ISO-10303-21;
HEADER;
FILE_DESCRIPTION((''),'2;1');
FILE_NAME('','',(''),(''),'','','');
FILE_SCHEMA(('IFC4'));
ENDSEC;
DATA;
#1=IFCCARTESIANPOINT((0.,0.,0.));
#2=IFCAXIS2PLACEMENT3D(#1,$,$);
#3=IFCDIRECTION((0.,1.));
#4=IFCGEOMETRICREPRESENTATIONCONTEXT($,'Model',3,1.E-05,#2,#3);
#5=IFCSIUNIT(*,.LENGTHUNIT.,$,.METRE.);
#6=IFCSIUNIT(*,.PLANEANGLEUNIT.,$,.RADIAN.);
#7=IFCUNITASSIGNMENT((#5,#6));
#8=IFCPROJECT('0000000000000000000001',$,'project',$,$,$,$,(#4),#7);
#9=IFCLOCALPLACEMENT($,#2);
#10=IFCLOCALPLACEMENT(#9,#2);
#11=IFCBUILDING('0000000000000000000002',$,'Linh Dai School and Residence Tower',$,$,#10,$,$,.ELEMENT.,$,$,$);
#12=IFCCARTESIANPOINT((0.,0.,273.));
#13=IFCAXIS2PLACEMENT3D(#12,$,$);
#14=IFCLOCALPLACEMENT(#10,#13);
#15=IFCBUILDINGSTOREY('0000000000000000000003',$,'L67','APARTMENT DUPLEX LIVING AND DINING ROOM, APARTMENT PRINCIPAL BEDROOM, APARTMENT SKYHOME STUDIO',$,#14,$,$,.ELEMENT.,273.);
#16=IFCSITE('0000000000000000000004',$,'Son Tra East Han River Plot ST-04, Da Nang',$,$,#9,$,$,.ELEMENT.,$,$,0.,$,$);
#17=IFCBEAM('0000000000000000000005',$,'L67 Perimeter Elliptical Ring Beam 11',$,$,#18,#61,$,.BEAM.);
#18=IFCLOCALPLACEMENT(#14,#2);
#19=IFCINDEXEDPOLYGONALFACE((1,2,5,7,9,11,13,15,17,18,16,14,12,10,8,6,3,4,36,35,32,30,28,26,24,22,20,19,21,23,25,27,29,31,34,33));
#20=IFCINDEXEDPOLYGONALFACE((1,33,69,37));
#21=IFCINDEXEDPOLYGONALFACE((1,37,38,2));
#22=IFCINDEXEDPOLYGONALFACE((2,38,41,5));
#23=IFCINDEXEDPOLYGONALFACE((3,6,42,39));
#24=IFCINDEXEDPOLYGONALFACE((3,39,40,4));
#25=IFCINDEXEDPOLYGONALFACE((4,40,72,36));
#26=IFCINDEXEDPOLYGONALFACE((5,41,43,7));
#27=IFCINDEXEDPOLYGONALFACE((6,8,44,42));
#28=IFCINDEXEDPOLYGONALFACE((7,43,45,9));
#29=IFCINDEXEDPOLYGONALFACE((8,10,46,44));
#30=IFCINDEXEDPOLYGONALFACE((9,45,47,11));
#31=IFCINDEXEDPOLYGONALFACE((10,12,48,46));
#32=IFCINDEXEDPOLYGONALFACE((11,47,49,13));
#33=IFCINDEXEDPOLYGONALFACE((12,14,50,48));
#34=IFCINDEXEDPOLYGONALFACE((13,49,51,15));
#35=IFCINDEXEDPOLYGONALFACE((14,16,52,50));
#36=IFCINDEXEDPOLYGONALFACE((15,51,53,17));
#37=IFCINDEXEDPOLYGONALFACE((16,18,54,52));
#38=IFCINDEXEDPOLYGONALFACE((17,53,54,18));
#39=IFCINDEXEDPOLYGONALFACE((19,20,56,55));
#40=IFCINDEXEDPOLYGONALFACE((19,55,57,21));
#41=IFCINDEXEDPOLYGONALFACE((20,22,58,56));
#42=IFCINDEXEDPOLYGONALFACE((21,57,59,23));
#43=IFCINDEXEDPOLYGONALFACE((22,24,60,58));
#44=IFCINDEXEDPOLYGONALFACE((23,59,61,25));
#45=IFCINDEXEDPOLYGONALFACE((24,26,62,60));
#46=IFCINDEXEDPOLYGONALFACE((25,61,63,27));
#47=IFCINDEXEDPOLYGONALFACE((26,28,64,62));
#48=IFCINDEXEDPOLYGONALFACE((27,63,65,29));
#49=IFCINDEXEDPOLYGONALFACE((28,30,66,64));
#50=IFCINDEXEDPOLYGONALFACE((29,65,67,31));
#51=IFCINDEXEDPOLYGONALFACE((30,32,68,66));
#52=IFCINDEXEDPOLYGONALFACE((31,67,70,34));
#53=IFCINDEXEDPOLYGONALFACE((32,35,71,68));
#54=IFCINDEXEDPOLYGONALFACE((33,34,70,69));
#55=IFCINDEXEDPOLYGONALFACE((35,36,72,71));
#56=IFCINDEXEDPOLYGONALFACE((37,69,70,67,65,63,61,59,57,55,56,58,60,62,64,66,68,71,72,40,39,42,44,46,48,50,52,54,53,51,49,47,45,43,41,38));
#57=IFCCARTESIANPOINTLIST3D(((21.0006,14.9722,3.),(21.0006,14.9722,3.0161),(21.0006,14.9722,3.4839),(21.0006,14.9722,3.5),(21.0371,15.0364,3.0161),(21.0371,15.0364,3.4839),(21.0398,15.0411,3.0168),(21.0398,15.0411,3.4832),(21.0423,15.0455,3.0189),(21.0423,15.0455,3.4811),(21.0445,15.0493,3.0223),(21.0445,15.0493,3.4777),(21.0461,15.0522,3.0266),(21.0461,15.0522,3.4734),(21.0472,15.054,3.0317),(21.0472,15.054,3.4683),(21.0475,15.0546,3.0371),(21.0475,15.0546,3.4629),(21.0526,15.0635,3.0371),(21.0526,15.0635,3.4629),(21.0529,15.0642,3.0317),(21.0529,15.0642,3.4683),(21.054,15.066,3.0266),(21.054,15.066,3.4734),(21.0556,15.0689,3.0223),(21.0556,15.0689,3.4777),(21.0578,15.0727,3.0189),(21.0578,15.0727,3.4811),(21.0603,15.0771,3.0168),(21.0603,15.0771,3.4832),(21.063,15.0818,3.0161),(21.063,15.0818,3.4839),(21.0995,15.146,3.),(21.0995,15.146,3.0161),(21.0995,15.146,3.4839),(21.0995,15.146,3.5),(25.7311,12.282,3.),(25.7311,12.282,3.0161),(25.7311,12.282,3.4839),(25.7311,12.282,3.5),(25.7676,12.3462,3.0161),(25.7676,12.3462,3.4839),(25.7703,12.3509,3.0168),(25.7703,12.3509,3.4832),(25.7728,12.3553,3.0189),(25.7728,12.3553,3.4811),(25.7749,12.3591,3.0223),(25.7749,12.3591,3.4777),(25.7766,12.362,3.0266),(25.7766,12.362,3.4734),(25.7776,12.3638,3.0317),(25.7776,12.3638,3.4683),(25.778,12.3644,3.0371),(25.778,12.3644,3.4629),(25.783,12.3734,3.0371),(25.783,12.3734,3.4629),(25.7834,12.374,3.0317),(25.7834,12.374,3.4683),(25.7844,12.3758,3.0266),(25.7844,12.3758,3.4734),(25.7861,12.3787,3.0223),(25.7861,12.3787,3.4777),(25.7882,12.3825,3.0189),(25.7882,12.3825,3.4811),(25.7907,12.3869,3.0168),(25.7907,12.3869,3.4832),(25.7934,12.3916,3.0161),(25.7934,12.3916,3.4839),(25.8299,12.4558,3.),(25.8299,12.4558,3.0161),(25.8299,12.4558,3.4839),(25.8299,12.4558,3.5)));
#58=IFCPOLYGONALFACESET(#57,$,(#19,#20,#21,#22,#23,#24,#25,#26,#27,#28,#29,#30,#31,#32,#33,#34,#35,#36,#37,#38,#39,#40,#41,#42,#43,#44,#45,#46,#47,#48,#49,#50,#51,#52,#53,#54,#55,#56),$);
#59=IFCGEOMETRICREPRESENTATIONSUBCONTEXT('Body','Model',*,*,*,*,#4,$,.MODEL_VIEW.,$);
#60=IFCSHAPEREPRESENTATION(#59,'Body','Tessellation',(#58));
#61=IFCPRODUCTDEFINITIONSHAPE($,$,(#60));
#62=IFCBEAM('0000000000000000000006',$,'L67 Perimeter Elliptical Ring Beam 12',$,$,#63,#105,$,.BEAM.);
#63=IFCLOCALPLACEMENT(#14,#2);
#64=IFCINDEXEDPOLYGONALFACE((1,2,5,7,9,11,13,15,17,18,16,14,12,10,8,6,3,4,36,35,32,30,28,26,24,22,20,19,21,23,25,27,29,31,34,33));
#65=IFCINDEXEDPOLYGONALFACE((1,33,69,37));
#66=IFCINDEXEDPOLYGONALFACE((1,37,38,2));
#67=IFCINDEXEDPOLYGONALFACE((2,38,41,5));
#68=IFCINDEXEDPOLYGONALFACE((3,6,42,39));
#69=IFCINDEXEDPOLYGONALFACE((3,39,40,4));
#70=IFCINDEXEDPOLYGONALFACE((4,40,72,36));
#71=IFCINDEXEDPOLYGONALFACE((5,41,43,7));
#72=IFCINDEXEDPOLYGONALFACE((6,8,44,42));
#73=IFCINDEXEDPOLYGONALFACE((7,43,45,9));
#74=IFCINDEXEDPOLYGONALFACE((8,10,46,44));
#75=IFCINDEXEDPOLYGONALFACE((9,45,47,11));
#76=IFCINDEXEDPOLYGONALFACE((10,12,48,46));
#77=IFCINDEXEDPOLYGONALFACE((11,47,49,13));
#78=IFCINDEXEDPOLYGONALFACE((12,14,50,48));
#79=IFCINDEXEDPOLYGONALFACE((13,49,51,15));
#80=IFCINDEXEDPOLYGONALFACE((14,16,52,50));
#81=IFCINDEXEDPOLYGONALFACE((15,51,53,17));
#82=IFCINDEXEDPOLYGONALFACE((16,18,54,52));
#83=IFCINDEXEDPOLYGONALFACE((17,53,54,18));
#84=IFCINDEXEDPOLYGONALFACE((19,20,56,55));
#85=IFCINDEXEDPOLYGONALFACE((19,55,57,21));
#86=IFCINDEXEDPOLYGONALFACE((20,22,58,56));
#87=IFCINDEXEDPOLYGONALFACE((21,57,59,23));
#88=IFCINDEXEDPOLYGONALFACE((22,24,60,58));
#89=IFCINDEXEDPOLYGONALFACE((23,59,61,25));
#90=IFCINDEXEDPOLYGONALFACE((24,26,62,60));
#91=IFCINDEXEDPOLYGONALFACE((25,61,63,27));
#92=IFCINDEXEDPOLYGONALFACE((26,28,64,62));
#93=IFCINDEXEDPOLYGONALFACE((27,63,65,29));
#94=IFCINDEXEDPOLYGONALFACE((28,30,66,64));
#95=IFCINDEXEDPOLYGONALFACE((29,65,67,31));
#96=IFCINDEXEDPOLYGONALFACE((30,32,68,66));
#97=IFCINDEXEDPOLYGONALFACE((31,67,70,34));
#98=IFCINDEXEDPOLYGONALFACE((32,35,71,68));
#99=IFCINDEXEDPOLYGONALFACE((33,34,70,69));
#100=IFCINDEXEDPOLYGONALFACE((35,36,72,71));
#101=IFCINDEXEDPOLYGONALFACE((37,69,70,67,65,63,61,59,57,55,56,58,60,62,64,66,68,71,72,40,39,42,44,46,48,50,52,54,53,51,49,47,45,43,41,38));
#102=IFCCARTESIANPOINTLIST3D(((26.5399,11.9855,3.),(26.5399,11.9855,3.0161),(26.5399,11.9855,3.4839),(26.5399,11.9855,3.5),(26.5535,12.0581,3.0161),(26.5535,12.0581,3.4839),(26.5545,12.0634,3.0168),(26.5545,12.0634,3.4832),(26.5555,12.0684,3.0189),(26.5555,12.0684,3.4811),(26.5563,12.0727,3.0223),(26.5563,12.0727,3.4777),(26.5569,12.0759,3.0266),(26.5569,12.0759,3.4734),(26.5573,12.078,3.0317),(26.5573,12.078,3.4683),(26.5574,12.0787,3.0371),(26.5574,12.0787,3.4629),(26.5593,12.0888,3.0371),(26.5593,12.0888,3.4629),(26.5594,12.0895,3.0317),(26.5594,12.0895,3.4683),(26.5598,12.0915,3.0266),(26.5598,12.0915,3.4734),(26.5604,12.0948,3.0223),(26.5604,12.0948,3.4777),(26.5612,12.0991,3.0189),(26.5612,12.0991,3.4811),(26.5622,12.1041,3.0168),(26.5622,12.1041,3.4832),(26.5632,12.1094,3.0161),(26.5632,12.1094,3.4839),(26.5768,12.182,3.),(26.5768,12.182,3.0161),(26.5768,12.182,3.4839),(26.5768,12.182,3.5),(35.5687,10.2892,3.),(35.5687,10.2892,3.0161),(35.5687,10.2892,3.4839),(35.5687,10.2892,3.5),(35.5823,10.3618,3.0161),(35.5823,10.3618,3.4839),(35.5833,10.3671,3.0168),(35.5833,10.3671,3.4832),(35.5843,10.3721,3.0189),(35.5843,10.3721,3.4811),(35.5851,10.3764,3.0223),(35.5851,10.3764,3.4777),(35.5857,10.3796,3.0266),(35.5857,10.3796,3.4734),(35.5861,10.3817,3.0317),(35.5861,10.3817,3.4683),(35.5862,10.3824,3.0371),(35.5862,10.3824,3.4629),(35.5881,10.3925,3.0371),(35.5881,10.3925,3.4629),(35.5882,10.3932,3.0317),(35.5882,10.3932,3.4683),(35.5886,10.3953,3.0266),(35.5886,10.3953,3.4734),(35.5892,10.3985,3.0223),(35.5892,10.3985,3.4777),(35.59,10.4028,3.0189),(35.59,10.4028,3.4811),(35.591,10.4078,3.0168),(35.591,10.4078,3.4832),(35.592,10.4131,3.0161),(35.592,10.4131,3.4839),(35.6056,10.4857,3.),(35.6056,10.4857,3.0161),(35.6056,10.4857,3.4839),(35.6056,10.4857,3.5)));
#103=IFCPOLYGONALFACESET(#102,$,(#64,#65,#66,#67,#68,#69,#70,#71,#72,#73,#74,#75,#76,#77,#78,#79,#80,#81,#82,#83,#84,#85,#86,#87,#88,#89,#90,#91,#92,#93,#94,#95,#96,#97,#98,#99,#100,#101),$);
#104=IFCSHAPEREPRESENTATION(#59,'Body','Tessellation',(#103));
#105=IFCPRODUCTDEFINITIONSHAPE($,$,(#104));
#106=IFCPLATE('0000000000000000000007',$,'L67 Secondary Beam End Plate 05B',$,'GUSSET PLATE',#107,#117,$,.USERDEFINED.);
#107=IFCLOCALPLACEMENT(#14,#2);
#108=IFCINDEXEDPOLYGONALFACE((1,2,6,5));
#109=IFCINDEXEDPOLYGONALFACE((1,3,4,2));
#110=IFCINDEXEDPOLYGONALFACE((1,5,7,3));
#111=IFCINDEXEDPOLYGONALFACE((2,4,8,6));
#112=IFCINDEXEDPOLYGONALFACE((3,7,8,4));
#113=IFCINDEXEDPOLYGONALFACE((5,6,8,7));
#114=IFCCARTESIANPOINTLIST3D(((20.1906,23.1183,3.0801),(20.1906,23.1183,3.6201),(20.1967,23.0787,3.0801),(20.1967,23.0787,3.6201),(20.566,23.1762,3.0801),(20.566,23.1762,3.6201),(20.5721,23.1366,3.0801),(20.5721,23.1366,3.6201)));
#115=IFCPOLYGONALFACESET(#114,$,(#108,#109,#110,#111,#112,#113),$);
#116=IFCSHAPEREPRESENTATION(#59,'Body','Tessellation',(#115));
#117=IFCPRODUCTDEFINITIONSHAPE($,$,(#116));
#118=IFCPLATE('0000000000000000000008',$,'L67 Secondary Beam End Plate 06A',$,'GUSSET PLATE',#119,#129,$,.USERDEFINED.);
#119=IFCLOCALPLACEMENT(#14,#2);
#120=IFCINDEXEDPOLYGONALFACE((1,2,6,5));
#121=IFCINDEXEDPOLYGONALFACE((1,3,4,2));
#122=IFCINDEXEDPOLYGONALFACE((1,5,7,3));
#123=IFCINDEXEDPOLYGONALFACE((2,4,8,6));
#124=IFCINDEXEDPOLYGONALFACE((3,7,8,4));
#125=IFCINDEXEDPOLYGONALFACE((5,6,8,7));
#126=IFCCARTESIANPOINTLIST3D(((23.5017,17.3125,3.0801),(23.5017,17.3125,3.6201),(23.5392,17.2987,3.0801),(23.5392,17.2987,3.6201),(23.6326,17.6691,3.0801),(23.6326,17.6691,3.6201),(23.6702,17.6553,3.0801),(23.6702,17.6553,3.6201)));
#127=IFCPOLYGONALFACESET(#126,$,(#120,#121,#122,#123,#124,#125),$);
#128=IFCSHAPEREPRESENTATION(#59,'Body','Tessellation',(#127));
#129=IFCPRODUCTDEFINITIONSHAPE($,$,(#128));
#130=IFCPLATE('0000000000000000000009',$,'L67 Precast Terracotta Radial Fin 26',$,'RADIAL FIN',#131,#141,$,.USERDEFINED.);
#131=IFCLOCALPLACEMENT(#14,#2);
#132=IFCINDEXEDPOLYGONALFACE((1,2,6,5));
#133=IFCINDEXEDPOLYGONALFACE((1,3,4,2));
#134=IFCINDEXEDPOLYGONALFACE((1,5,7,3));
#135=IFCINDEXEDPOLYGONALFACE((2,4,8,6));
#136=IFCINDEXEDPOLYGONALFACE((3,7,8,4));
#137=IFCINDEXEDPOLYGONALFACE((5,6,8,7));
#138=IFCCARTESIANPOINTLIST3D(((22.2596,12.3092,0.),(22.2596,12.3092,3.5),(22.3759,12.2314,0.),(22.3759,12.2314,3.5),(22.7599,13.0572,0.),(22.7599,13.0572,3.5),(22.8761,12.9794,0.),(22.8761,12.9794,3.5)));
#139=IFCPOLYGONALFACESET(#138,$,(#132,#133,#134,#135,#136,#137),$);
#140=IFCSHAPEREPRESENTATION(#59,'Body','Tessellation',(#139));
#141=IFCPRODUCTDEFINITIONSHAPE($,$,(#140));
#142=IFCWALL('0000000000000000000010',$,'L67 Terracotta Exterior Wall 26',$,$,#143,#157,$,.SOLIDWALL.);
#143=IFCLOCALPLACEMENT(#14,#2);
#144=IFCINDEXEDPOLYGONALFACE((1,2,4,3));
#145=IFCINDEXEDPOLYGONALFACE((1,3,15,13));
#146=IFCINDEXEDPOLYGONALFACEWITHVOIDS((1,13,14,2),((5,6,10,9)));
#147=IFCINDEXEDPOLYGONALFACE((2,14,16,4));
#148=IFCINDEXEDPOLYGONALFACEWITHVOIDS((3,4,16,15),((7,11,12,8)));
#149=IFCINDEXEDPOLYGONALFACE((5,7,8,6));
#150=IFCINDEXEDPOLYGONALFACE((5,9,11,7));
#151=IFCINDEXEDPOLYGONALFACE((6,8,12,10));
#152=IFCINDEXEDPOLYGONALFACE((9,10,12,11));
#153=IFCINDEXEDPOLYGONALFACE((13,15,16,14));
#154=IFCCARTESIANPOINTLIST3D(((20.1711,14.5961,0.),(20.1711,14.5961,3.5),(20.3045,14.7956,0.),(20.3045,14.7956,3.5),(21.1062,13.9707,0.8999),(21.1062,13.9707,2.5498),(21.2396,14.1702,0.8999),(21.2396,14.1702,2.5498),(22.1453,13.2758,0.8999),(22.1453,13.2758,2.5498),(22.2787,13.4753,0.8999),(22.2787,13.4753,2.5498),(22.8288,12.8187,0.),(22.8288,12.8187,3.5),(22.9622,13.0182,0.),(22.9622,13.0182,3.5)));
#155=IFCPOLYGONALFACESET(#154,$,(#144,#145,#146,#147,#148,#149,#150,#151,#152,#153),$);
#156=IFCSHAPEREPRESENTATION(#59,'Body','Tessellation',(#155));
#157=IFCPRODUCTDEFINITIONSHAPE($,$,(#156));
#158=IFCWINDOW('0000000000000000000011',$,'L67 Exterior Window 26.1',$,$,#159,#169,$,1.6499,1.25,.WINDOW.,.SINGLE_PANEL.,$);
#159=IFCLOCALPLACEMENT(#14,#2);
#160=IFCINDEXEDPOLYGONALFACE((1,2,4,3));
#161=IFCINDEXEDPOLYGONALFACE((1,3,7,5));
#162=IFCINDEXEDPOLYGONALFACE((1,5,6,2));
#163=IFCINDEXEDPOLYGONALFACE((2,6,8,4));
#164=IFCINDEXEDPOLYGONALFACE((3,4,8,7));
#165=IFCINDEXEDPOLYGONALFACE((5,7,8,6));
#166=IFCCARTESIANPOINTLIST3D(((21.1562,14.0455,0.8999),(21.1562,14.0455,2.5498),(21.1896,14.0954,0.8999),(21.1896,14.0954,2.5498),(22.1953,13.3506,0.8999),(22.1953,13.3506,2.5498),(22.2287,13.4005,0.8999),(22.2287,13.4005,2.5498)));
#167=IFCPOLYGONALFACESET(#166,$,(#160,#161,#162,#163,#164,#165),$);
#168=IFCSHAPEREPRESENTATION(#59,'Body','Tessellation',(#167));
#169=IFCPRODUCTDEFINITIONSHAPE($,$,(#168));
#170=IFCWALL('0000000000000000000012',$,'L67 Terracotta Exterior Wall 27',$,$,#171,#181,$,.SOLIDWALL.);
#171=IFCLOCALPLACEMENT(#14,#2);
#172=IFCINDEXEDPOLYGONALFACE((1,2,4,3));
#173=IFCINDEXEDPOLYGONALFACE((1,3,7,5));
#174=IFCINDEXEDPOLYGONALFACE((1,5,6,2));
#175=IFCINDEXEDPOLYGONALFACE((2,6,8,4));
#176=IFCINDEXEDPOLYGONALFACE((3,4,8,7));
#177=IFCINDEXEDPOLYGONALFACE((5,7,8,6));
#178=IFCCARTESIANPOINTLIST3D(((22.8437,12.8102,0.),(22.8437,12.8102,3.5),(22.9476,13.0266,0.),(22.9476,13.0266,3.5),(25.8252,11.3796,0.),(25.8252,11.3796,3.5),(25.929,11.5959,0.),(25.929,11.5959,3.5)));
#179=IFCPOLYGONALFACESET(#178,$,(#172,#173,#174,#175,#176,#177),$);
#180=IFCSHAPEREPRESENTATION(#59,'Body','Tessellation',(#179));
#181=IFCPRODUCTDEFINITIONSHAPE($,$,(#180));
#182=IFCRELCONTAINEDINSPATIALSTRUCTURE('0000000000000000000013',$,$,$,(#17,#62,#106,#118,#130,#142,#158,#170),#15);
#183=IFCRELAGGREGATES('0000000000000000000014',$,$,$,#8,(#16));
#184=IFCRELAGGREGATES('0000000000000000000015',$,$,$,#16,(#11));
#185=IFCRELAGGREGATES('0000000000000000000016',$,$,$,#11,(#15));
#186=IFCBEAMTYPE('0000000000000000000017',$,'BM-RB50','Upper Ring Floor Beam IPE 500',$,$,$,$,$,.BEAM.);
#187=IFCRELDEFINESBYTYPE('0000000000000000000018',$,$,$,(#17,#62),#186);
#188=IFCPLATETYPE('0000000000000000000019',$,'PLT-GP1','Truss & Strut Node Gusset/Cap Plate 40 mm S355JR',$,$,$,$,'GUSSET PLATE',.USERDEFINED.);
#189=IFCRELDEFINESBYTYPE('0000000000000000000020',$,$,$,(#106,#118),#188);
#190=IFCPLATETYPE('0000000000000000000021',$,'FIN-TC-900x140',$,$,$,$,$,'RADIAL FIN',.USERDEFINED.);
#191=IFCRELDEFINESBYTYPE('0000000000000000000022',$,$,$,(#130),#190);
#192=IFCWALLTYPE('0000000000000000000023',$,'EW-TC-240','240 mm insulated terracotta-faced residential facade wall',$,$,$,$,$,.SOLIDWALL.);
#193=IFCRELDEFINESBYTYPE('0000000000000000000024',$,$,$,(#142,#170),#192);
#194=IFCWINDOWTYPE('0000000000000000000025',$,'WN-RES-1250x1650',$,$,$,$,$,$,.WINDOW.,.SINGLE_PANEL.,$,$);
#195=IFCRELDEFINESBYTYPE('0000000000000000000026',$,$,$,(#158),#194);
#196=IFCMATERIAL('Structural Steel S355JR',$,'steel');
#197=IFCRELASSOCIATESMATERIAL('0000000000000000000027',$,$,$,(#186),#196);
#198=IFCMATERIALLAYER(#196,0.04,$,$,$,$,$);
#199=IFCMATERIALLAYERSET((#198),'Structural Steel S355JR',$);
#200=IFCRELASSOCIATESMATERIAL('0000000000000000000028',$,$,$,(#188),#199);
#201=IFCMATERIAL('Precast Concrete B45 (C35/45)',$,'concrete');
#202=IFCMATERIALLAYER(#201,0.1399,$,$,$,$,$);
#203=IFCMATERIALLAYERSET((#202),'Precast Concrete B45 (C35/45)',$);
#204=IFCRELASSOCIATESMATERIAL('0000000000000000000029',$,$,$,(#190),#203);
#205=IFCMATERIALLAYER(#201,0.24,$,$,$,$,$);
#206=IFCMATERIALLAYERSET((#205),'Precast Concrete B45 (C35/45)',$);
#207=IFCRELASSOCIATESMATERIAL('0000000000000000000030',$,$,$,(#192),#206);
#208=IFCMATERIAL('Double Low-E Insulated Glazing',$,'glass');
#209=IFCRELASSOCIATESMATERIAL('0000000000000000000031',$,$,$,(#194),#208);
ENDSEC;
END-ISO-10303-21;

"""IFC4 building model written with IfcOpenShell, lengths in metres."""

from ifc_helpers import new_model, si_unit, direction, frame, frame_2d, origin, origin_2d, place, context, subcontext, project, spatial, rectangle, i_section, extrude, source, transform, mapped, material, layer, layer_set, material_profile, profile_set, type_object, element, fill, save


model = new_model("IFC4")

# Units and contexts
model_context = context("Model", 3, precision=1e-05, world=origin(), true_north=direction((0.0, 1.0)))
body_context = subcontext(model_context, "Body", "Model", "MODEL_VIEW")
ifc_project = project(units=[si_unit("LENGTHUNIT", "METRE"), si_unit("PLANEANGLEUNIT", "RADIAN")], contexts=[model_context])

# Site, building, storey
site_placement = place(None, origin())
site = spatial("IfcSite", under=ifc_project, at=site_placement, Name="Son Tra East Han River Plot ST-04, Da Nang", CompositionType="ELEMENT", RefElevation=0.0)
building_placement = place(site_placement, origin())
building = spatial("IfcBuilding", under=site, at=building_placement, Name="Linh Dai School and Residence Tower", CompositionType="ELEMENT")
storey_placement = place(building_placement, frame((0.0, 0.0, 273.0)))
storey = spatial("IfcBuildingStorey", under=building, at=storey_placement, Name="L67", Description="APARTMENT DUPLEX LIVING AND DINING ROOM, APARTMENT PRINCIPAL BEDROOM, APARTMENT SKYHOME STUDIO", CompositionType="ELEMENT", Elevation=273.0)

# Shared definitions
ifc_material_1 = material(Name="Structural Steel S355JR", Category="steel")

# Beams
ifc_material_profile_1 = material_profile(ifc_material_1, i_section(OverallWidth=0.2, OverallDepth=0.5, WebThickness=0.0103, FlangeThickness=0.0161, FilletRadius=0.021, at=origin_2d()), Name="IPE 500")
ifc_profile_set_1 = profile_set([ifc_material_profile_1], Name="Structural Steel S355JR")
beam_type_1 = type_object("IfcBeamType", Name="BM-RB50", Description="Upper Ring Floor Beam IPE 500", PredefinedType="BEAM", material=ifc_profile_set_1)
beam_1_placement = place(storey_placement, frame((21.05, 15.0591, 3.25), z_axis=(0.869266, -0.494345, 0.0), x_axis=(0.494345, 0.869266, 0.0)))
element("IfcBeam", 1, at=beam_1_placement, inside=storey, type_object=beam_type_1, Name="L67 Perimeter Elliptical Ring Beam 11", PredefinedType="BEAM", context=body_context, shape_type="SweptSolid", body=[
    extrude(i_section(OverallWidth=0.2, OverallDepth=0.5, WebThickness=0.0103, FlangeThickness=0.0161, FilletRadius=0.021, at=origin_2d()), origin(), (0.0, 0.0, 1.0), 5.4419),
])
beam_2_placement = place(storey_placement, frame((26.5583, 12.0837, 3.25), z_axis=(0.982805, -0.184645, 0.0), x_axis=(0.184645, 0.982805, 0.0)))
element("IfcBeam", 2, at=beam_2_placement, inside=storey, type_object=beam_type_1, Name="L67 Perimeter Elliptical Ring Beam 12", PredefinedType="BEAM", context=body_context, shape_type="SweptSolid", body=[
    extrude(i_section(OverallWidth=0.2, OverallDepth=0.5, WebThickness=0.0103, FlangeThickness=0.0161, FilletRadius=0.021, at=origin_2d()), origin(), (0.0, 0.0, 1.0), 9.1868),
])

# Plates
ifc_layer_1 = layer(ifc_material_1, 0.04)
ifc_layer_set_1 = layer_set([ifc_layer_1], Name="Structural Steel S355JR")
plate_type_1 = type_object("IfcPlateType", Name="PLT-GP1", Description="Truss & Strut Node Gusset/Cap Plate 40 mm S355JR", ElementType="GUSSET PLATE", PredefinedType="USERDEFINED", material=ifc_layer_set_1)
shared_shape_1 = source(origin(), body_context, "Body", "SweptSolid", [
    extrude(rectangle(XDim=0.04, YDim=0.3799, at=origin_2d()), origin(), (0.0, 0.0, 1.0), 0.54),
])
for number, where, z_axis, x_axis, name in (
    (3, (20.3813, 23.1274, 3.0801), (0.0, 0.0, 1.0), (0.152474, -0.988308, 0.0), "L67 Secondary Beam End Plate 05B"),
    (4, (23.5859, 17.4839, 3.0801), (0.0, 0.0, 1.0), (0.938695, -0.344748, 0.0), "L67 Secondary Beam End Plate 06A"),
):
    element("IfcPlate", number, at=place(storey_placement, frame(where, z_axis=z_axis, x_axis=x_axis)), inside=storey, type_object=plate_type_1, Name=name, ObjectType="GUSSET PLATE", PredefinedType="USERDEFINED", context=body_context, shape_type="MappedRepresentation", body=[
        mapped(shared_shape_1, transform((0.0, 0.0, 0.0), x_axis=(1.0, 0.0, 0.0), y_axis=(0.0, 1.0, 0.0), z_axis=(0.0, 0.0, 1.0), scale=1.0)),
    ])
ifc_material_2 = material(Name="Precast Concrete B45 (C35/45)", Category="concrete")
ifc_layer_2 = layer(ifc_material_2, 0.1399)
ifc_layer_set_2 = layer_set([ifc_layer_2], Name="Precast Concrete B45 (C35/45)")
plate_type_2 = type_object("IfcPlateType", Name="FIN-TC-900x140", ElementType="RADIAL FIN", PredefinedType="USERDEFINED", material=ifc_layer_set_2)
shared_shape_2 = source(origin(), body_context, "Body", "SweptSolid", [
    extrude(rectangle(XDim=0.8999, YDim=0.1399, at=origin_2d()), origin(), (0.0, 0.0, 1.0), 3.5),
])
plate_placement = place(storey_placement, frame((22.5679, 12.6443, 0.0), z_axis=(0.0, 0.0, 1.0), x_axis=(-0.555906, -0.831245, 0.0)))
element("IfcPlate", 5, at=plate_placement, inside=storey, type_object=plate_type_2, Name="L67 Precast Terracotta Radial Fin 26", ObjectType="RADIAL FIN", PredefinedType="USERDEFINED", context=body_context, shape_type="MappedRepresentation", body=[
    mapped(shared_shape_2, transform((0.0, 0.0, 0.0), x_axis=(1.0, 0.0, 0.0), y_axis=(0.0, 1.0, 0.0), z_axis=(0.0, 0.0, 1.0), scale=1.0)),
])

# Wall, opening, window
ifc_layer_3 = layer(ifc_material_2, 0.24)
ifc_layer_set_3 = layer_set([ifc_layer_3], Name="Precast Concrete B45 (C35/45)")
wall_type_1 = type_object("IfcWallType", Name="EW-TC-240", Description="240 mm insulated terracotta-faced residential facade wall", PredefinedType="SOLIDWALL", material=ifc_layer_set_3)
wall_1_placement = place(storey_placement, frame((22.8955, 12.9185, 0.0), z_axis=(0.0, 0.0, 1.0), x_axis=(-0.831251, 0.555898, 0.0)))
wall_1 = element("IfcWall", 6, at=wall_1_placement, inside=storey, type_object=wall_type_1, Name="L67 Terracotta Exterior Wall 26", PredefinedType="SOLIDWALL", context=body_context, shape_type="SweptSolid", body=[
    extrude(rectangle(XDim=3.1973, YDim=0.24, at=frame_2d((1.5986, 0.0))), origin(), (0.0, 0.0, 1.0), 3.5),
])
opening_1_placement = place(wall_1_placement, frame((0.8223, 0.0, 0.8999)))
opening_1 = element("IfcOpeningElement", 7, at=opening_1_placement, cuts=wall_1, PredefinedType="OPENING", context=body_context, shape_type="SweptSolid", body=[
    extrude(rectangle(XDim=1.25, YDim=1.6499, at=origin_2d()), frame((0.625, 0.1299, 0.825), z_axis=(0.0, -1.0, 0.0), x_axis=(1.0, 0.0, 0.0)), (0.0, 0.0, 1.0), 0.26),
])
ifc_material_3 = material(Name="Double Low-E Insulated Glazing", Category="glass")
window_type = type_object("IfcWindowType", Name="WN-RES-1250x1650", PartitioningType="SINGLE_PANEL", PredefinedType="WINDOW", material=ifc_material_3)
shared_shape_3 = source(origin(), body_context, "Body", "SweptSolid", [
    extrude(rectangle(XDim=1.25, YDim=1.6499, at=origin_2d()), frame((0.625, 0.03, 0.825), z_axis=(0.0, -1.0, 0.0), x_axis=(1.0, 0.0, 0.0)), (0.0, 0.0, 1.0), 0.0601),
])
window_placement = place(opening_1_placement, origin())
window = element("IfcWindow", 8, at=window_placement, inside=storey, type_object=window_type, Name="L67 Exterior Window 26.1", OverallHeight=1.6499, OverallWidth=1.25, PartitioningType="SINGLE_PANEL", PredefinedType="WINDOW", context=body_context, shape_type="MappedRepresentation", body=[
    mapped(shared_shape_3, transform((0.0, 0.0, 0.0), x_axis=(1.0, 0.0, 0.0), y_axis=(0.0, 1.0, 0.0), z_axis=(0.0, 0.0, 1.0), scale=1.0)),
])
fill(opening_1, window)

# Wall
wall_2_placement = place(storey_placement, frame((25.877, 11.4878, 0.0), z_axis=(0.0, 0.0, 1.0), x_axis=(-0.901574, 0.432625, 0.0)))
element("IfcWall", 9, at=wall_2_placement, inside=storey, type_object=wall_type_1, Name="L67 Terracotta Exterior Wall 27", PredefinedType="SOLIDWALL", context=body_context, shape_type="SweptSolid", body=[
    extrude(rectangle(XDim=3.3069, YDim=0.24, at=frame_2d((1.6533, 0.0))), origin(), (0.0, 0.0, 1.0), 3.5),
])

save(model, "model.ifc")
